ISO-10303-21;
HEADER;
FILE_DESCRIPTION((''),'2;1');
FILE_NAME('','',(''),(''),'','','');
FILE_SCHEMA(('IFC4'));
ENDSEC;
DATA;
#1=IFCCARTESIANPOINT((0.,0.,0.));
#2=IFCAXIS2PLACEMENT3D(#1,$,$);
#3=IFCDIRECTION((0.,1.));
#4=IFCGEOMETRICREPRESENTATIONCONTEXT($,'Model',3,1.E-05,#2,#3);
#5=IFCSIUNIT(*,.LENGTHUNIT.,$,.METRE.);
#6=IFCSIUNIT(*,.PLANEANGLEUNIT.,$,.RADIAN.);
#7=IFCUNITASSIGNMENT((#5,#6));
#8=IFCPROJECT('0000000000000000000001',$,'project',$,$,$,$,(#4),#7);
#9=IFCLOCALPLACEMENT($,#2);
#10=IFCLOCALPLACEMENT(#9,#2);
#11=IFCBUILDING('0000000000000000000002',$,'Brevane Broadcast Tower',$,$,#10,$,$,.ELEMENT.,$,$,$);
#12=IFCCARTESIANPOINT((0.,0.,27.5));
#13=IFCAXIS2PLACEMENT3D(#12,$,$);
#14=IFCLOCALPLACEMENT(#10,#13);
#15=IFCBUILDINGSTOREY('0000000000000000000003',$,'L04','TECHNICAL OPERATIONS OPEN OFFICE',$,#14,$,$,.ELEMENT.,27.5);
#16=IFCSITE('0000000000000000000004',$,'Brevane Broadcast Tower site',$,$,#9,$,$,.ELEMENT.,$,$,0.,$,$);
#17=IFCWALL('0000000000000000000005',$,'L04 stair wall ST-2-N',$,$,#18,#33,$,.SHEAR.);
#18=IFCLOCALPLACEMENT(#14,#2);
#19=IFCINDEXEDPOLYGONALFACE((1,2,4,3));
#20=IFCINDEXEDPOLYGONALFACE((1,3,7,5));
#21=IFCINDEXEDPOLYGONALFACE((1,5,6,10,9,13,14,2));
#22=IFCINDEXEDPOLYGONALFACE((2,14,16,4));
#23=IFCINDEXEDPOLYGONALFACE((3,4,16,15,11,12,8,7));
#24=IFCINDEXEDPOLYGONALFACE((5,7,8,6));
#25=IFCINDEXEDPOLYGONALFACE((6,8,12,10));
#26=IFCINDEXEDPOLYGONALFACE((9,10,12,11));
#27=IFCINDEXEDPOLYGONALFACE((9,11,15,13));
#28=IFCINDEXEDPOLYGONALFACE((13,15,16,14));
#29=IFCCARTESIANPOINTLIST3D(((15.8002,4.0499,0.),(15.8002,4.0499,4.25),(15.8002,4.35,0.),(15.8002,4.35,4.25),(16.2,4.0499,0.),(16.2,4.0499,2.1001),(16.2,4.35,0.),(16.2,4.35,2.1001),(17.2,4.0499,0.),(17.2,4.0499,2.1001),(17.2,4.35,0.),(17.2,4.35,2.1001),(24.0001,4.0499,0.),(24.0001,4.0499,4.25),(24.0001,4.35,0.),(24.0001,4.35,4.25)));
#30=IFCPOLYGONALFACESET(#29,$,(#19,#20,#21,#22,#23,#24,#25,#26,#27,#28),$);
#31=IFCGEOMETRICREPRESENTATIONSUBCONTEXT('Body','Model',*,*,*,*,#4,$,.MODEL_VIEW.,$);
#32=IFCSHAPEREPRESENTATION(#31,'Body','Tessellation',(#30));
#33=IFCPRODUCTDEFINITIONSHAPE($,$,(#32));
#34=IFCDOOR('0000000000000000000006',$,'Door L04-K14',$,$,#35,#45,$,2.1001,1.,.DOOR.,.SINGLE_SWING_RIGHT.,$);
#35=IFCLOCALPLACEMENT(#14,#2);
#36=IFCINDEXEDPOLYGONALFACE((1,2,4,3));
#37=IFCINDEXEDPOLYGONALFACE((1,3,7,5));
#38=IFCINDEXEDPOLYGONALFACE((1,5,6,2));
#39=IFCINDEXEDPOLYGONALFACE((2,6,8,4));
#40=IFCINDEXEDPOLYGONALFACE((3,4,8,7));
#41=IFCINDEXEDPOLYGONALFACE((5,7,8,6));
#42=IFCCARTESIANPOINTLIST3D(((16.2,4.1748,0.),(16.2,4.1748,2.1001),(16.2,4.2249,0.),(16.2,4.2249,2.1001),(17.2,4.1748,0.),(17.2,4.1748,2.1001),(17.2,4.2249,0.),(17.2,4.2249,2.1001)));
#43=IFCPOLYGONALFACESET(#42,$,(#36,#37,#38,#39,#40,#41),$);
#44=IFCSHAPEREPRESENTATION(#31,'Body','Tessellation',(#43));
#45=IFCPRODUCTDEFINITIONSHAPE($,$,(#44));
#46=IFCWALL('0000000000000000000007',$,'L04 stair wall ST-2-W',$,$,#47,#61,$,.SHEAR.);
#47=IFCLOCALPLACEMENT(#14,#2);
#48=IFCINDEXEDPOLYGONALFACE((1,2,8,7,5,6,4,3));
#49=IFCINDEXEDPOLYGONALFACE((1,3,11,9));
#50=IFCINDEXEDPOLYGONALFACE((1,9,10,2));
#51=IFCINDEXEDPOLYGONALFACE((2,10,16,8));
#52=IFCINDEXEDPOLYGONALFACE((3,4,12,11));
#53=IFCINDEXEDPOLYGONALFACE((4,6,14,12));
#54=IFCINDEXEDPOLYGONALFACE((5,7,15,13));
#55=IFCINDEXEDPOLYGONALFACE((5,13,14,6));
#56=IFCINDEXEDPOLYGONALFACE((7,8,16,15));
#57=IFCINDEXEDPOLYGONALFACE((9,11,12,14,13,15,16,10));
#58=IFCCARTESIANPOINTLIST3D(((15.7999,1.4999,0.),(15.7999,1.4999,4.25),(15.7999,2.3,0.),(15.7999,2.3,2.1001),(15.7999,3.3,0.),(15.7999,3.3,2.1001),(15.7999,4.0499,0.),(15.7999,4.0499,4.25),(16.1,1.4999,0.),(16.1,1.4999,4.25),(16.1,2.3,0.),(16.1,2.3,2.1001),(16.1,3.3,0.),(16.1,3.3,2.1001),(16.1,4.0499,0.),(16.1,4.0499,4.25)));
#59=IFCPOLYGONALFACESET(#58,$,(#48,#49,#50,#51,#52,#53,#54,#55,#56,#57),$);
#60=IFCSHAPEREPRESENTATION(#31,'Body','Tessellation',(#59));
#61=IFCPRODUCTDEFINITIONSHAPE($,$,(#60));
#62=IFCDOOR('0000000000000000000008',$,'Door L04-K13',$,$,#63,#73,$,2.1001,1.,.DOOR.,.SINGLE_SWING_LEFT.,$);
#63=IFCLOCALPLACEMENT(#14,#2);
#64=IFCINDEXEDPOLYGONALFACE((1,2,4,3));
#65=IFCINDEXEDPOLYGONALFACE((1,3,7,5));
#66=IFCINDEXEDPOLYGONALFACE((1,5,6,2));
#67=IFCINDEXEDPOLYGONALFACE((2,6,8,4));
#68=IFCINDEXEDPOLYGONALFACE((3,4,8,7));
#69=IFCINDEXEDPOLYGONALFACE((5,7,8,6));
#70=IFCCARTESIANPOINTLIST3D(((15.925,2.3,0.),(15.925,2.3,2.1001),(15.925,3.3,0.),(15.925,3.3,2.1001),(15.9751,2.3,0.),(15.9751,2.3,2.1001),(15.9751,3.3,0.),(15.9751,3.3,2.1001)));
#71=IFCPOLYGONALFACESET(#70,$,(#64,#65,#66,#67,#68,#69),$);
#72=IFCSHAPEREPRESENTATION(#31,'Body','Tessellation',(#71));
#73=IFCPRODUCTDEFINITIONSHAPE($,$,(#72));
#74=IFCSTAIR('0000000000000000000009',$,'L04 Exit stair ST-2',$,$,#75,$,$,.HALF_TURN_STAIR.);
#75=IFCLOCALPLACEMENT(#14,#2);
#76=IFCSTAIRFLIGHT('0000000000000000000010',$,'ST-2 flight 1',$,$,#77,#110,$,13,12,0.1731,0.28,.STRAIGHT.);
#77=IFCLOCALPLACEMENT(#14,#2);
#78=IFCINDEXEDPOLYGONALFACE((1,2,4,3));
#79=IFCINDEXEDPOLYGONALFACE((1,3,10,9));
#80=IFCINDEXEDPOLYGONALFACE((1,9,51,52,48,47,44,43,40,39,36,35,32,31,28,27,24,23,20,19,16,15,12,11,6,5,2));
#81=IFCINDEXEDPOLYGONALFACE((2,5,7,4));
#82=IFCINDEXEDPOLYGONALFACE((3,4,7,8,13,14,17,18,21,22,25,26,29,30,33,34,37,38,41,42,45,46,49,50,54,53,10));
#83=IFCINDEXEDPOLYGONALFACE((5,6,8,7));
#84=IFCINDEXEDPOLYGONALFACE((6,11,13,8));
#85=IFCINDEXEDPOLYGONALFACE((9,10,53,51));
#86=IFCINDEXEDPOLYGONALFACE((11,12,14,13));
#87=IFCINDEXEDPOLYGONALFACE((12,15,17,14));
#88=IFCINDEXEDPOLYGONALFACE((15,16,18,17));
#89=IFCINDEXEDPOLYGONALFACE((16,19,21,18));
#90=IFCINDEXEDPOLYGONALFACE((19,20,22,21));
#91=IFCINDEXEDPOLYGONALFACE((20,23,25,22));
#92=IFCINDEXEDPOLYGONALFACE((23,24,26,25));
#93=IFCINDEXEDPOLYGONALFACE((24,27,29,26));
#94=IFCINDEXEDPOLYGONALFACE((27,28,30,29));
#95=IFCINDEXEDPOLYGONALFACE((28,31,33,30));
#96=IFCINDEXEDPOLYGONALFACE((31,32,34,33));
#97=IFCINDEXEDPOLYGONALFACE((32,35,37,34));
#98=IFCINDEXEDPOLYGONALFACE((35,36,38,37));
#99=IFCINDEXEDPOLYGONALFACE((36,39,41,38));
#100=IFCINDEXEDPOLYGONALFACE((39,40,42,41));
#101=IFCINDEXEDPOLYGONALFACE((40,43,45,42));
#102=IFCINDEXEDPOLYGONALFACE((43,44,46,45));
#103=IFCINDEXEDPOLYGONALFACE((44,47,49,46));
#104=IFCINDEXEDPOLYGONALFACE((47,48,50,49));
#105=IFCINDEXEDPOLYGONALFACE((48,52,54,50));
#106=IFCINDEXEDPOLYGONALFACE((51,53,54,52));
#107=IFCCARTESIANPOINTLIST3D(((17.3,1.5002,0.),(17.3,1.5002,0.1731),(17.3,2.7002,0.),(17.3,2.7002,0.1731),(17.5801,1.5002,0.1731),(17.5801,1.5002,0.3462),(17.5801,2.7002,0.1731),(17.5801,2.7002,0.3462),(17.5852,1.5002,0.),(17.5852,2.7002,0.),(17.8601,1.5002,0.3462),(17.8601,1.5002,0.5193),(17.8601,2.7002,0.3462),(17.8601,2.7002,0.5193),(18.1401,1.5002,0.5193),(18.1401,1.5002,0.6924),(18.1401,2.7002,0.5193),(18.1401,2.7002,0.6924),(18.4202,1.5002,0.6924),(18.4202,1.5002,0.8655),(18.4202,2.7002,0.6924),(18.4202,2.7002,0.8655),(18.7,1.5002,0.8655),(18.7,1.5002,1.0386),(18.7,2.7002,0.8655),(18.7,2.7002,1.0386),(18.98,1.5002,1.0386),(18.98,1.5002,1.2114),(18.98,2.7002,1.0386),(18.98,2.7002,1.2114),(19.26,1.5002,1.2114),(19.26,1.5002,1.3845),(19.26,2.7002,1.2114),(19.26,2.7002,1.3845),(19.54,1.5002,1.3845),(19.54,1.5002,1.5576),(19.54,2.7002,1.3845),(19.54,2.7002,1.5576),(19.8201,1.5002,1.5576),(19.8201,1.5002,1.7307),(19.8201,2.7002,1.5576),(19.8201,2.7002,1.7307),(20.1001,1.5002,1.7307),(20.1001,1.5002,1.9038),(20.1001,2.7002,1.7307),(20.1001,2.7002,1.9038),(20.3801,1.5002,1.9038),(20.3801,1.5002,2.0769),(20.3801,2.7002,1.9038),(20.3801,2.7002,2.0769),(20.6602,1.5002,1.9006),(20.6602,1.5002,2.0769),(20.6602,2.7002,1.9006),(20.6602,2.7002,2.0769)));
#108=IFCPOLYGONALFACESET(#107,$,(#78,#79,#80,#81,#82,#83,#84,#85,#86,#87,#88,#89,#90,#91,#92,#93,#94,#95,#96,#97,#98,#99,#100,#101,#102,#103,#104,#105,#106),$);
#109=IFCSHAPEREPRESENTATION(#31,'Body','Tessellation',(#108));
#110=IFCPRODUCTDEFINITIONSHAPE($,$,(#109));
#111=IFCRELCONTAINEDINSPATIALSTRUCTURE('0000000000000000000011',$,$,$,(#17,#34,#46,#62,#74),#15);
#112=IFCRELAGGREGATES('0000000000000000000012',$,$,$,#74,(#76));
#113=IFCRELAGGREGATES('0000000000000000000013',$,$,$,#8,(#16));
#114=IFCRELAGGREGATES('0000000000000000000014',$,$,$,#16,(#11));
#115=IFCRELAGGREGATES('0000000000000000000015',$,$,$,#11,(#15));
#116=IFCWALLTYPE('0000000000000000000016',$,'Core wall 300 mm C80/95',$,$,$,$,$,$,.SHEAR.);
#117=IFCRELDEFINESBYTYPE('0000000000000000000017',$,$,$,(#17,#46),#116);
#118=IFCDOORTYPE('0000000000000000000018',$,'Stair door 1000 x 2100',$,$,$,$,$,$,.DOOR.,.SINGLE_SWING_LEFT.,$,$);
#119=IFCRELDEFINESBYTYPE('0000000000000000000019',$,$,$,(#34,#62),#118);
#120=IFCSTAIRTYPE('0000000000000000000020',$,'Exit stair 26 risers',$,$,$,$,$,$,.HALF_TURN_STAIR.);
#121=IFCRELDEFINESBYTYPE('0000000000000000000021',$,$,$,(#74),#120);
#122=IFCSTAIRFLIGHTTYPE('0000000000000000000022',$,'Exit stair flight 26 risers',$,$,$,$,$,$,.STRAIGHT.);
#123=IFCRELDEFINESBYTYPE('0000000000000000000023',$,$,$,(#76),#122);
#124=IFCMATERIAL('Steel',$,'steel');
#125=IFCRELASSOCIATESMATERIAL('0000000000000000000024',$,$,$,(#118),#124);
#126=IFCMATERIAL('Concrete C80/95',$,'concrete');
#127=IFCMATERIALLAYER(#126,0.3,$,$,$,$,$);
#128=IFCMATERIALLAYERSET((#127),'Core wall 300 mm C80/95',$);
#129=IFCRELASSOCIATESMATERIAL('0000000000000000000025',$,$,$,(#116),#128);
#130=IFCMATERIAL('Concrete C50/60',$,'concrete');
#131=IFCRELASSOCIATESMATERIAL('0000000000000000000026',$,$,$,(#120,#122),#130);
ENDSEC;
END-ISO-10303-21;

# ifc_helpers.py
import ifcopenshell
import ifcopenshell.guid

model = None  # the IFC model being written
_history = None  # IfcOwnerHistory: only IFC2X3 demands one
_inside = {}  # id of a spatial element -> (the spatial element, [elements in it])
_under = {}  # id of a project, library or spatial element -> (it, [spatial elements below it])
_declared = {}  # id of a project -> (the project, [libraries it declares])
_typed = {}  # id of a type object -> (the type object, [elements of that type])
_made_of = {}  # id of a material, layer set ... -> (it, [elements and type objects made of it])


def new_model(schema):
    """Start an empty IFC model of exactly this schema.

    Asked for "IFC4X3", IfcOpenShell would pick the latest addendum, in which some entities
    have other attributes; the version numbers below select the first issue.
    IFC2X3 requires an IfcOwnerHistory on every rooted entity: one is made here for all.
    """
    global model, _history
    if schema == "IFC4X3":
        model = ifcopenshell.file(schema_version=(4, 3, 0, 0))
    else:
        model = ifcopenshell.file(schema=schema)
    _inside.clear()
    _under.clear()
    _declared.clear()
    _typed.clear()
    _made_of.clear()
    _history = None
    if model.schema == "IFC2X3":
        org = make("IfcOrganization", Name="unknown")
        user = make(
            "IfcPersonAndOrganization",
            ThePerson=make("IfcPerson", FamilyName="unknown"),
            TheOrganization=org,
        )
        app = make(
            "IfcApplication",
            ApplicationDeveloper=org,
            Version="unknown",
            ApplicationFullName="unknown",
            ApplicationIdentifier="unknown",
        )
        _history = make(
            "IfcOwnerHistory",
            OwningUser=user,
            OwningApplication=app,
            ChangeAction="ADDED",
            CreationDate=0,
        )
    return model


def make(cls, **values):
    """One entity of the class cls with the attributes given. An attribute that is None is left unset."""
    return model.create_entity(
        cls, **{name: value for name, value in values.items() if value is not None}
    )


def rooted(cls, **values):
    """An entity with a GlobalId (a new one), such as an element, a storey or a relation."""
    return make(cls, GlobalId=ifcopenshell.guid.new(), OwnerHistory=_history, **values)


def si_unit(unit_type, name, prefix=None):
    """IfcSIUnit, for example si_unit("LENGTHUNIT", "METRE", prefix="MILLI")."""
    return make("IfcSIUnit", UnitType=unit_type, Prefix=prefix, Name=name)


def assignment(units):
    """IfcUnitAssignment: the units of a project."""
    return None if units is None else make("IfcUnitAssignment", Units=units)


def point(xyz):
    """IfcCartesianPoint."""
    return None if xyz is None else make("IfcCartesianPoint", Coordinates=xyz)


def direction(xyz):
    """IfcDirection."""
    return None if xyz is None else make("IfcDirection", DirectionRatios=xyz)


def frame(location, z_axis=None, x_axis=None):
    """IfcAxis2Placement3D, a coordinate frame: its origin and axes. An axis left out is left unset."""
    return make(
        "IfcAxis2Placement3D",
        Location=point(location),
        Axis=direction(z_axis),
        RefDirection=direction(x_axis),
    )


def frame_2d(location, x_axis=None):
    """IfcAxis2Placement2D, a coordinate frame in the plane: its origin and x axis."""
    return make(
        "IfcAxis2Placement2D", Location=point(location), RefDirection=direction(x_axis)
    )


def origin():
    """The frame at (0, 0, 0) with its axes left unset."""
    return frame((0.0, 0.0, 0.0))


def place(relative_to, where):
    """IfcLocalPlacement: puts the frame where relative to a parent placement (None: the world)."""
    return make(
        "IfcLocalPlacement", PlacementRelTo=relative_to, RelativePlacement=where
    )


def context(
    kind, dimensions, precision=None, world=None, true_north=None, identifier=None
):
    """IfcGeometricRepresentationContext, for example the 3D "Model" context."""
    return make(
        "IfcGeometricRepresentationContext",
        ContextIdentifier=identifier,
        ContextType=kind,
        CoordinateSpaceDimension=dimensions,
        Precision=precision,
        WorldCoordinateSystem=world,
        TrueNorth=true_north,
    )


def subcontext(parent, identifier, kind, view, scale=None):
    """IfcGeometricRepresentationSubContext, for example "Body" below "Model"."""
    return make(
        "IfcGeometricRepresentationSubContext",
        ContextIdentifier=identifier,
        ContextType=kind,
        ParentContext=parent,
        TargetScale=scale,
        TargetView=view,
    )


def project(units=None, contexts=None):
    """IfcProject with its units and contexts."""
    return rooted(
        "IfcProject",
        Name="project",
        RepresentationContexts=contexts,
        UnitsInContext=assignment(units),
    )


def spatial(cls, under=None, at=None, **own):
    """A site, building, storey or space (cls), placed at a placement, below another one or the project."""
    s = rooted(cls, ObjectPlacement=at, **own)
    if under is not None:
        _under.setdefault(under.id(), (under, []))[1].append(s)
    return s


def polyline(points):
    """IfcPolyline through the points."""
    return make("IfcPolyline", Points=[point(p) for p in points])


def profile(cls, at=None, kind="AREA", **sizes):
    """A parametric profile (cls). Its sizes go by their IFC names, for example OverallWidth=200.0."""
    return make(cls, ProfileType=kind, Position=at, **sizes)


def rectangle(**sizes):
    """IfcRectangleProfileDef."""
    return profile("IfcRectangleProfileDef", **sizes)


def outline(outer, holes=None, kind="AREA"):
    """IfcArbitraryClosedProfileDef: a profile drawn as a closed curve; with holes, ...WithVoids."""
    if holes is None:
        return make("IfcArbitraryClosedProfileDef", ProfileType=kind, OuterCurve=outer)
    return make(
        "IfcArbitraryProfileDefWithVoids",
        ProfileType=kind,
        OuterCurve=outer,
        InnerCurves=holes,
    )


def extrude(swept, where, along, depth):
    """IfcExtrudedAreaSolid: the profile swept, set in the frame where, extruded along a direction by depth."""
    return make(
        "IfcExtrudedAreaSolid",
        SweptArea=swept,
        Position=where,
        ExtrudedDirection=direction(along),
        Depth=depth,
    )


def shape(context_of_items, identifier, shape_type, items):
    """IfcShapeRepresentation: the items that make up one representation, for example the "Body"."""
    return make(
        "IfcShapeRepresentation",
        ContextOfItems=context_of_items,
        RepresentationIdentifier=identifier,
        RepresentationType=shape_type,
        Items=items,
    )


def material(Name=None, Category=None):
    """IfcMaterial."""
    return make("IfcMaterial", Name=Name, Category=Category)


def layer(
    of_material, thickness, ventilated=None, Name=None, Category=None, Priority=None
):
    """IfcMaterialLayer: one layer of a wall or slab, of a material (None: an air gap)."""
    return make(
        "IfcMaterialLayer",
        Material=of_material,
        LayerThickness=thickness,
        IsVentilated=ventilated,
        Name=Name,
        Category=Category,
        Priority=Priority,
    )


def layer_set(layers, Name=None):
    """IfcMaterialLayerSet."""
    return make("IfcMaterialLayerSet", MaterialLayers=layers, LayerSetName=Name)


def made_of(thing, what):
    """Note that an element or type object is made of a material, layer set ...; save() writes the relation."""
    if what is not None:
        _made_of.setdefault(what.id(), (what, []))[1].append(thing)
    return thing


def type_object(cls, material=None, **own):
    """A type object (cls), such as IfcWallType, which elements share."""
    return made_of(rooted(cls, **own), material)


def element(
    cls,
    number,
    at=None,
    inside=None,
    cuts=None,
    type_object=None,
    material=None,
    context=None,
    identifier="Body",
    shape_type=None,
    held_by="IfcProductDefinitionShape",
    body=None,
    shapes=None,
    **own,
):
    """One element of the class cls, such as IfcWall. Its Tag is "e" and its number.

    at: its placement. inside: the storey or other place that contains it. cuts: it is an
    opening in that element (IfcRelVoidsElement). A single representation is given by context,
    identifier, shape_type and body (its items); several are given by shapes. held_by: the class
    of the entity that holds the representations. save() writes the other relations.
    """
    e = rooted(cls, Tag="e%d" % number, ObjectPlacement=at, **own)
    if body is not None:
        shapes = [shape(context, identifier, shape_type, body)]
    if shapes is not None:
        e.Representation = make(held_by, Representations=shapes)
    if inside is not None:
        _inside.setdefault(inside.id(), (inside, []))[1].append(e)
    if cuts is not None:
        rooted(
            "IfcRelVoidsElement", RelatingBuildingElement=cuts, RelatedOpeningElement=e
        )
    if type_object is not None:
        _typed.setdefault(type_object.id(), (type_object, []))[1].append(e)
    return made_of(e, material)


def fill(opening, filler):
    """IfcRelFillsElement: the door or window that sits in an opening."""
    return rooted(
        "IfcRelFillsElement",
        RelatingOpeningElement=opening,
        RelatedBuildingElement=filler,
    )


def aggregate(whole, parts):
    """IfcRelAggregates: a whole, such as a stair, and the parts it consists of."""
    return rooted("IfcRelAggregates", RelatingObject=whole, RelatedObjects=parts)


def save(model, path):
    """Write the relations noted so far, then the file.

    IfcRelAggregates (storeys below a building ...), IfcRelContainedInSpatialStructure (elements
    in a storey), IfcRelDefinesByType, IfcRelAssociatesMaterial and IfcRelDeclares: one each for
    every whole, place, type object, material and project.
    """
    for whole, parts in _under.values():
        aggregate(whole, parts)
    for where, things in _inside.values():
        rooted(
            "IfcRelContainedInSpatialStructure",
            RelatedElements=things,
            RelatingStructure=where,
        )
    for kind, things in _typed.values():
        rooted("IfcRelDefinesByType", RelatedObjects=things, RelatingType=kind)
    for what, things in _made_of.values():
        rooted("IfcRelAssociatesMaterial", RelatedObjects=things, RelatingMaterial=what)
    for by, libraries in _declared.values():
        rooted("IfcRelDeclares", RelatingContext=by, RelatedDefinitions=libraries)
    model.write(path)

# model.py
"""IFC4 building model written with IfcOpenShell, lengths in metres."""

from ifc_helpers import new_model, si_unit, direction, frame, frame_2d, origin, place, context, subcontext, project, spatial, polyline, rectangle, outline, extrude, material, layer, layer_set, type_object, element, fill, aggregate, save


model = new_model("IFC4")

# Units and contexts
model_context = context("Model", 3, precision=1e-05, world=origin(), true_north=direction((0.0, 1.0)))
body_context = subcontext(model_context, "Body", "Model", "MODEL_VIEW")
ifc_project = project(units=[si_unit("LENGTHUNIT", "METRE"), si_unit("PLANEANGLEUNIT", "RADIAN")], contexts=[model_context])

# Site, building, storey
site_placement = place(None, origin())
site = spatial("IfcSite", under=ifc_project, at=site_placement, Name="Brevane Broadcast Tower site", CompositionType="ELEMENT", RefElevation=0.0)
building_placement = place(site_placement, origin())
building = spatial("IfcBuilding", under=site, at=building_placement, Name="Brevane Broadcast Tower", CompositionType="ELEMENT")
storey_placement = place(building_placement, frame((0.0, 0.0, 27.5)))
storey = spatial("IfcBuildingStorey", under=building, at=storey_placement, Name="L04", Description="TECHNICAL OPERATIONS OPEN OFFICE", CompositionType="ELEMENT", Elevation=27.5)

# Shared definitions
ifc_material_1 = material(Name="Steel", Category="steel")
door_type_1 = type_object("IfcDoorType", Name="Stair door 1000 x 2100", OperationType="SINGLE_SWING_LEFT", PredefinedType="DOOR", material=ifc_material_1)

# Shared definitions
ifc_material_2 = material(Name="Concrete C80/95", Category="concrete")
ifc_layer_1 = layer(ifc_material_2, 0.3)
ifc_layer_set_1 = layer_set([ifc_layer_1], Name="Core wall 300 mm C80/95")
wall_type_1 = type_object("IfcWallType", Name="Core wall 300 mm C80/95", PredefinedType="SHEAR", material=ifc_layer_set_1)

# Walls, openings, doors
wall_1_placement = place(storey_placement, frame((15.8, 4.2, 0.0), z_axis=(0.0, 0.0, 1.0), x_axis=(1.0, 0.0, 0.0)))
wall_1 = element("IfcWall", 1, at=wall_1_placement, inside=storey, type_object=wall_type_1, Name="L04 stair wall ST-2-N", PredefinedType="SHEAR", context=body_context, shape_type="SweptSolid", body=[
    extrude(rectangle(XDim=8.2, YDim=0.3, at=frame_2d((4.1001, 0.0))), origin(), (0.0, 0.0, 1.0), 4.25),
])
opening_1_placement = place(wall_1_placement, frame((0.3999, 0.0, 0.0)))
opening_1 = element("IfcOpeningElement", 2, at=opening_1_placement, cuts=wall_1, PredefinedType="OPENING", context=body_context, shape_type="SweptSolid", body=[
    extrude(rectangle(XDim=1.0, YDim=2.1001, at=frame_2d((0.5, 1.05))), frame((0.0, 0.1599, 0.0), z_axis=(0.0, -1.0, 0.0), x_axis=(1.0, 0.0, 0.0)), (0.0, 0.0, 1.0), 0.3201),
])
door_1_placement = place(opening_1_placement, origin())
door_1 = element("IfcDoor", 3, at=door_1_placement, inside=storey, type_object=door_type_1, Name="Door L04-K14", OperationType="SINGLE_SWING_RIGHT", OverallHeight=2.1001, OverallWidth=1.0, PredefinedType="DOOR", context=body_context, shape_type="SweptSolid", body=[
    extrude(rectangle(XDim=1.0, YDim=2.1001, at=frame_2d((0.5, 1.05))), frame((0.0, 0.0249, 0.0), z_axis=(0.0, -1.0, 0.0), x_axis=(1.0, 0.0, 0.0)), (0.0, 0.0, 1.0), 0.05),
])
fill(opening_1, door_1)
wall_2_placement = place(storey_placement, frame((15.95, 1.5, 0.0), z_axis=(0.0, 0.0, 1.0), x_axis=(0.0, 1.0, 0.0)))
wall_2 = element("IfcWall", 4, at=wall_2_placement, inside=storey, type_object=wall_type_1, Name="L04 stair wall ST-2-W", PredefinedType="SHEAR", context=body_context, shape_type="SweptSolid", body=[
    extrude(rectangle(XDim=2.55, YDim=0.3, at=frame_2d((1.2749, 0.0))), origin(), (0.0, 0.0, 1.0), 4.25),
])
opening_2_placement = place(wall_2_placement, frame((0.8, 0.0, 0.0)))
opening_2 = element("IfcOpeningElement", 5, at=opening_2_placement, cuts=wall_2, PredefinedType="OPENING", context=body_context, shape_type="SweptSolid", body=[
    extrude(rectangle(XDim=1.0, YDim=2.1001, at=frame_2d((0.5, 1.05))), frame((0.0, 0.1599, 0.0), z_axis=(0.0, -1.0, 0.0), x_axis=(1.0, 0.0, 0.0)), (0.0, 0.0, 1.0), 0.3201),
])
door_2_placement = place(opening_2_placement, origin())
door_2 = element("IfcDoor", 6, at=door_2_placement, inside=storey, type_object=door_type_1, Name="Door L04-K13", OperationType="SINGLE_SWING_LEFT", OverallHeight=2.1001, OverallWidth=1.0, PredefinedType="DOOR", context=body_context, shape_type="SweptSolid", body=[
    extrude(rectangle(XDim=1.0, YDim=2.1001, at=frame_2d((0.5, 1.05))), frame((0.0, 0.0249, 0.0), z_axis=(0.0, -1.0, 0.0), x_axis=(1.0, 0.0, 0.0)), (0.0, 0.0, 1.0), 0.05),
])
fill(opening_2, door_2)

# Stair, stair flight
ifc_material_3 = material(Name="Concrete C50/60", Category="concrete")
stair_type = type_object("IfcStairType", Name="Exit stair 26 risers", PredefinedType="HALF_TURN_STAIR", material=ifc_material_3)
stair_placement = place(storey_placement, origin())
stair = element("IfcStair", 7, at=stair_placement, inside=storey, type_object=stair_type, Name="L04 Exit stair ST-2", PredefinedType="HALF_TURN_STAIR")
stair_flight_type = type_object("IfcStairFlightType", Name="Exit stair flight 26 risers", PredefinedType="STRAIGHT", material=ifc_material_3)
stair_flight_placement = place(storey_placement, frame((17.3, 2.1001, 0.0), z_axis=(0.0, 0.0, 1.0), x_axis=(1.0, 0.0, 0.0)))
stair_flight = element("IfcStairFlight", 8, at=stair_flight_placement, type_object=stair_flight_type, Name="ST-2 flight 1", NumberOfRisers=13, NumberOfTreads=12, PredefinedType="STRAIGHT", RiserHeight=0.1731, TreadLength=0.28, context=body_context, shape_type="SweptSolid", body=[
    extrude(outline(polyline([(0.0, 0.0), (0.0, 0.1731), (0.28, 0.1731), (0.28, 0.3462), (0.5601, 0.3462), (0.5601, 0.5193), (0.8401, 0.5193), (0.8401, 0.6924), (1.1201, 0.6924), (1.1201, 0.8655), (1.3999, 0.8655), (1.3999, 1.0386), (1.6799, 1.0386), (1.6799, 1.2114), (1.96, 1.2114), (1.96, 1.3845), (2.24, 1.3845), (2.24, 1.5576), (2.52, 1.5576), (2.52, 1.7307), (2.8, 1.7307), (2.8, 1.9038), (3.0801, 1.9038), (3.0801, 2.0769), (3.3601, 2.0769), (3.3601, 2.25), (3.3601, 1.9006), (0.2852, 0.0), (0.0, 0.0)])), frame((0.0, 0.6001, 0.0), z_axis=(0.0, -1.0, 0.0), x_axis=(1.0, 0.0, 0.0)), (0.0, 0.0, 1.0), 1.2),
])
aggregate(stair, [stair_flight])

save(model, "model.ifc")
